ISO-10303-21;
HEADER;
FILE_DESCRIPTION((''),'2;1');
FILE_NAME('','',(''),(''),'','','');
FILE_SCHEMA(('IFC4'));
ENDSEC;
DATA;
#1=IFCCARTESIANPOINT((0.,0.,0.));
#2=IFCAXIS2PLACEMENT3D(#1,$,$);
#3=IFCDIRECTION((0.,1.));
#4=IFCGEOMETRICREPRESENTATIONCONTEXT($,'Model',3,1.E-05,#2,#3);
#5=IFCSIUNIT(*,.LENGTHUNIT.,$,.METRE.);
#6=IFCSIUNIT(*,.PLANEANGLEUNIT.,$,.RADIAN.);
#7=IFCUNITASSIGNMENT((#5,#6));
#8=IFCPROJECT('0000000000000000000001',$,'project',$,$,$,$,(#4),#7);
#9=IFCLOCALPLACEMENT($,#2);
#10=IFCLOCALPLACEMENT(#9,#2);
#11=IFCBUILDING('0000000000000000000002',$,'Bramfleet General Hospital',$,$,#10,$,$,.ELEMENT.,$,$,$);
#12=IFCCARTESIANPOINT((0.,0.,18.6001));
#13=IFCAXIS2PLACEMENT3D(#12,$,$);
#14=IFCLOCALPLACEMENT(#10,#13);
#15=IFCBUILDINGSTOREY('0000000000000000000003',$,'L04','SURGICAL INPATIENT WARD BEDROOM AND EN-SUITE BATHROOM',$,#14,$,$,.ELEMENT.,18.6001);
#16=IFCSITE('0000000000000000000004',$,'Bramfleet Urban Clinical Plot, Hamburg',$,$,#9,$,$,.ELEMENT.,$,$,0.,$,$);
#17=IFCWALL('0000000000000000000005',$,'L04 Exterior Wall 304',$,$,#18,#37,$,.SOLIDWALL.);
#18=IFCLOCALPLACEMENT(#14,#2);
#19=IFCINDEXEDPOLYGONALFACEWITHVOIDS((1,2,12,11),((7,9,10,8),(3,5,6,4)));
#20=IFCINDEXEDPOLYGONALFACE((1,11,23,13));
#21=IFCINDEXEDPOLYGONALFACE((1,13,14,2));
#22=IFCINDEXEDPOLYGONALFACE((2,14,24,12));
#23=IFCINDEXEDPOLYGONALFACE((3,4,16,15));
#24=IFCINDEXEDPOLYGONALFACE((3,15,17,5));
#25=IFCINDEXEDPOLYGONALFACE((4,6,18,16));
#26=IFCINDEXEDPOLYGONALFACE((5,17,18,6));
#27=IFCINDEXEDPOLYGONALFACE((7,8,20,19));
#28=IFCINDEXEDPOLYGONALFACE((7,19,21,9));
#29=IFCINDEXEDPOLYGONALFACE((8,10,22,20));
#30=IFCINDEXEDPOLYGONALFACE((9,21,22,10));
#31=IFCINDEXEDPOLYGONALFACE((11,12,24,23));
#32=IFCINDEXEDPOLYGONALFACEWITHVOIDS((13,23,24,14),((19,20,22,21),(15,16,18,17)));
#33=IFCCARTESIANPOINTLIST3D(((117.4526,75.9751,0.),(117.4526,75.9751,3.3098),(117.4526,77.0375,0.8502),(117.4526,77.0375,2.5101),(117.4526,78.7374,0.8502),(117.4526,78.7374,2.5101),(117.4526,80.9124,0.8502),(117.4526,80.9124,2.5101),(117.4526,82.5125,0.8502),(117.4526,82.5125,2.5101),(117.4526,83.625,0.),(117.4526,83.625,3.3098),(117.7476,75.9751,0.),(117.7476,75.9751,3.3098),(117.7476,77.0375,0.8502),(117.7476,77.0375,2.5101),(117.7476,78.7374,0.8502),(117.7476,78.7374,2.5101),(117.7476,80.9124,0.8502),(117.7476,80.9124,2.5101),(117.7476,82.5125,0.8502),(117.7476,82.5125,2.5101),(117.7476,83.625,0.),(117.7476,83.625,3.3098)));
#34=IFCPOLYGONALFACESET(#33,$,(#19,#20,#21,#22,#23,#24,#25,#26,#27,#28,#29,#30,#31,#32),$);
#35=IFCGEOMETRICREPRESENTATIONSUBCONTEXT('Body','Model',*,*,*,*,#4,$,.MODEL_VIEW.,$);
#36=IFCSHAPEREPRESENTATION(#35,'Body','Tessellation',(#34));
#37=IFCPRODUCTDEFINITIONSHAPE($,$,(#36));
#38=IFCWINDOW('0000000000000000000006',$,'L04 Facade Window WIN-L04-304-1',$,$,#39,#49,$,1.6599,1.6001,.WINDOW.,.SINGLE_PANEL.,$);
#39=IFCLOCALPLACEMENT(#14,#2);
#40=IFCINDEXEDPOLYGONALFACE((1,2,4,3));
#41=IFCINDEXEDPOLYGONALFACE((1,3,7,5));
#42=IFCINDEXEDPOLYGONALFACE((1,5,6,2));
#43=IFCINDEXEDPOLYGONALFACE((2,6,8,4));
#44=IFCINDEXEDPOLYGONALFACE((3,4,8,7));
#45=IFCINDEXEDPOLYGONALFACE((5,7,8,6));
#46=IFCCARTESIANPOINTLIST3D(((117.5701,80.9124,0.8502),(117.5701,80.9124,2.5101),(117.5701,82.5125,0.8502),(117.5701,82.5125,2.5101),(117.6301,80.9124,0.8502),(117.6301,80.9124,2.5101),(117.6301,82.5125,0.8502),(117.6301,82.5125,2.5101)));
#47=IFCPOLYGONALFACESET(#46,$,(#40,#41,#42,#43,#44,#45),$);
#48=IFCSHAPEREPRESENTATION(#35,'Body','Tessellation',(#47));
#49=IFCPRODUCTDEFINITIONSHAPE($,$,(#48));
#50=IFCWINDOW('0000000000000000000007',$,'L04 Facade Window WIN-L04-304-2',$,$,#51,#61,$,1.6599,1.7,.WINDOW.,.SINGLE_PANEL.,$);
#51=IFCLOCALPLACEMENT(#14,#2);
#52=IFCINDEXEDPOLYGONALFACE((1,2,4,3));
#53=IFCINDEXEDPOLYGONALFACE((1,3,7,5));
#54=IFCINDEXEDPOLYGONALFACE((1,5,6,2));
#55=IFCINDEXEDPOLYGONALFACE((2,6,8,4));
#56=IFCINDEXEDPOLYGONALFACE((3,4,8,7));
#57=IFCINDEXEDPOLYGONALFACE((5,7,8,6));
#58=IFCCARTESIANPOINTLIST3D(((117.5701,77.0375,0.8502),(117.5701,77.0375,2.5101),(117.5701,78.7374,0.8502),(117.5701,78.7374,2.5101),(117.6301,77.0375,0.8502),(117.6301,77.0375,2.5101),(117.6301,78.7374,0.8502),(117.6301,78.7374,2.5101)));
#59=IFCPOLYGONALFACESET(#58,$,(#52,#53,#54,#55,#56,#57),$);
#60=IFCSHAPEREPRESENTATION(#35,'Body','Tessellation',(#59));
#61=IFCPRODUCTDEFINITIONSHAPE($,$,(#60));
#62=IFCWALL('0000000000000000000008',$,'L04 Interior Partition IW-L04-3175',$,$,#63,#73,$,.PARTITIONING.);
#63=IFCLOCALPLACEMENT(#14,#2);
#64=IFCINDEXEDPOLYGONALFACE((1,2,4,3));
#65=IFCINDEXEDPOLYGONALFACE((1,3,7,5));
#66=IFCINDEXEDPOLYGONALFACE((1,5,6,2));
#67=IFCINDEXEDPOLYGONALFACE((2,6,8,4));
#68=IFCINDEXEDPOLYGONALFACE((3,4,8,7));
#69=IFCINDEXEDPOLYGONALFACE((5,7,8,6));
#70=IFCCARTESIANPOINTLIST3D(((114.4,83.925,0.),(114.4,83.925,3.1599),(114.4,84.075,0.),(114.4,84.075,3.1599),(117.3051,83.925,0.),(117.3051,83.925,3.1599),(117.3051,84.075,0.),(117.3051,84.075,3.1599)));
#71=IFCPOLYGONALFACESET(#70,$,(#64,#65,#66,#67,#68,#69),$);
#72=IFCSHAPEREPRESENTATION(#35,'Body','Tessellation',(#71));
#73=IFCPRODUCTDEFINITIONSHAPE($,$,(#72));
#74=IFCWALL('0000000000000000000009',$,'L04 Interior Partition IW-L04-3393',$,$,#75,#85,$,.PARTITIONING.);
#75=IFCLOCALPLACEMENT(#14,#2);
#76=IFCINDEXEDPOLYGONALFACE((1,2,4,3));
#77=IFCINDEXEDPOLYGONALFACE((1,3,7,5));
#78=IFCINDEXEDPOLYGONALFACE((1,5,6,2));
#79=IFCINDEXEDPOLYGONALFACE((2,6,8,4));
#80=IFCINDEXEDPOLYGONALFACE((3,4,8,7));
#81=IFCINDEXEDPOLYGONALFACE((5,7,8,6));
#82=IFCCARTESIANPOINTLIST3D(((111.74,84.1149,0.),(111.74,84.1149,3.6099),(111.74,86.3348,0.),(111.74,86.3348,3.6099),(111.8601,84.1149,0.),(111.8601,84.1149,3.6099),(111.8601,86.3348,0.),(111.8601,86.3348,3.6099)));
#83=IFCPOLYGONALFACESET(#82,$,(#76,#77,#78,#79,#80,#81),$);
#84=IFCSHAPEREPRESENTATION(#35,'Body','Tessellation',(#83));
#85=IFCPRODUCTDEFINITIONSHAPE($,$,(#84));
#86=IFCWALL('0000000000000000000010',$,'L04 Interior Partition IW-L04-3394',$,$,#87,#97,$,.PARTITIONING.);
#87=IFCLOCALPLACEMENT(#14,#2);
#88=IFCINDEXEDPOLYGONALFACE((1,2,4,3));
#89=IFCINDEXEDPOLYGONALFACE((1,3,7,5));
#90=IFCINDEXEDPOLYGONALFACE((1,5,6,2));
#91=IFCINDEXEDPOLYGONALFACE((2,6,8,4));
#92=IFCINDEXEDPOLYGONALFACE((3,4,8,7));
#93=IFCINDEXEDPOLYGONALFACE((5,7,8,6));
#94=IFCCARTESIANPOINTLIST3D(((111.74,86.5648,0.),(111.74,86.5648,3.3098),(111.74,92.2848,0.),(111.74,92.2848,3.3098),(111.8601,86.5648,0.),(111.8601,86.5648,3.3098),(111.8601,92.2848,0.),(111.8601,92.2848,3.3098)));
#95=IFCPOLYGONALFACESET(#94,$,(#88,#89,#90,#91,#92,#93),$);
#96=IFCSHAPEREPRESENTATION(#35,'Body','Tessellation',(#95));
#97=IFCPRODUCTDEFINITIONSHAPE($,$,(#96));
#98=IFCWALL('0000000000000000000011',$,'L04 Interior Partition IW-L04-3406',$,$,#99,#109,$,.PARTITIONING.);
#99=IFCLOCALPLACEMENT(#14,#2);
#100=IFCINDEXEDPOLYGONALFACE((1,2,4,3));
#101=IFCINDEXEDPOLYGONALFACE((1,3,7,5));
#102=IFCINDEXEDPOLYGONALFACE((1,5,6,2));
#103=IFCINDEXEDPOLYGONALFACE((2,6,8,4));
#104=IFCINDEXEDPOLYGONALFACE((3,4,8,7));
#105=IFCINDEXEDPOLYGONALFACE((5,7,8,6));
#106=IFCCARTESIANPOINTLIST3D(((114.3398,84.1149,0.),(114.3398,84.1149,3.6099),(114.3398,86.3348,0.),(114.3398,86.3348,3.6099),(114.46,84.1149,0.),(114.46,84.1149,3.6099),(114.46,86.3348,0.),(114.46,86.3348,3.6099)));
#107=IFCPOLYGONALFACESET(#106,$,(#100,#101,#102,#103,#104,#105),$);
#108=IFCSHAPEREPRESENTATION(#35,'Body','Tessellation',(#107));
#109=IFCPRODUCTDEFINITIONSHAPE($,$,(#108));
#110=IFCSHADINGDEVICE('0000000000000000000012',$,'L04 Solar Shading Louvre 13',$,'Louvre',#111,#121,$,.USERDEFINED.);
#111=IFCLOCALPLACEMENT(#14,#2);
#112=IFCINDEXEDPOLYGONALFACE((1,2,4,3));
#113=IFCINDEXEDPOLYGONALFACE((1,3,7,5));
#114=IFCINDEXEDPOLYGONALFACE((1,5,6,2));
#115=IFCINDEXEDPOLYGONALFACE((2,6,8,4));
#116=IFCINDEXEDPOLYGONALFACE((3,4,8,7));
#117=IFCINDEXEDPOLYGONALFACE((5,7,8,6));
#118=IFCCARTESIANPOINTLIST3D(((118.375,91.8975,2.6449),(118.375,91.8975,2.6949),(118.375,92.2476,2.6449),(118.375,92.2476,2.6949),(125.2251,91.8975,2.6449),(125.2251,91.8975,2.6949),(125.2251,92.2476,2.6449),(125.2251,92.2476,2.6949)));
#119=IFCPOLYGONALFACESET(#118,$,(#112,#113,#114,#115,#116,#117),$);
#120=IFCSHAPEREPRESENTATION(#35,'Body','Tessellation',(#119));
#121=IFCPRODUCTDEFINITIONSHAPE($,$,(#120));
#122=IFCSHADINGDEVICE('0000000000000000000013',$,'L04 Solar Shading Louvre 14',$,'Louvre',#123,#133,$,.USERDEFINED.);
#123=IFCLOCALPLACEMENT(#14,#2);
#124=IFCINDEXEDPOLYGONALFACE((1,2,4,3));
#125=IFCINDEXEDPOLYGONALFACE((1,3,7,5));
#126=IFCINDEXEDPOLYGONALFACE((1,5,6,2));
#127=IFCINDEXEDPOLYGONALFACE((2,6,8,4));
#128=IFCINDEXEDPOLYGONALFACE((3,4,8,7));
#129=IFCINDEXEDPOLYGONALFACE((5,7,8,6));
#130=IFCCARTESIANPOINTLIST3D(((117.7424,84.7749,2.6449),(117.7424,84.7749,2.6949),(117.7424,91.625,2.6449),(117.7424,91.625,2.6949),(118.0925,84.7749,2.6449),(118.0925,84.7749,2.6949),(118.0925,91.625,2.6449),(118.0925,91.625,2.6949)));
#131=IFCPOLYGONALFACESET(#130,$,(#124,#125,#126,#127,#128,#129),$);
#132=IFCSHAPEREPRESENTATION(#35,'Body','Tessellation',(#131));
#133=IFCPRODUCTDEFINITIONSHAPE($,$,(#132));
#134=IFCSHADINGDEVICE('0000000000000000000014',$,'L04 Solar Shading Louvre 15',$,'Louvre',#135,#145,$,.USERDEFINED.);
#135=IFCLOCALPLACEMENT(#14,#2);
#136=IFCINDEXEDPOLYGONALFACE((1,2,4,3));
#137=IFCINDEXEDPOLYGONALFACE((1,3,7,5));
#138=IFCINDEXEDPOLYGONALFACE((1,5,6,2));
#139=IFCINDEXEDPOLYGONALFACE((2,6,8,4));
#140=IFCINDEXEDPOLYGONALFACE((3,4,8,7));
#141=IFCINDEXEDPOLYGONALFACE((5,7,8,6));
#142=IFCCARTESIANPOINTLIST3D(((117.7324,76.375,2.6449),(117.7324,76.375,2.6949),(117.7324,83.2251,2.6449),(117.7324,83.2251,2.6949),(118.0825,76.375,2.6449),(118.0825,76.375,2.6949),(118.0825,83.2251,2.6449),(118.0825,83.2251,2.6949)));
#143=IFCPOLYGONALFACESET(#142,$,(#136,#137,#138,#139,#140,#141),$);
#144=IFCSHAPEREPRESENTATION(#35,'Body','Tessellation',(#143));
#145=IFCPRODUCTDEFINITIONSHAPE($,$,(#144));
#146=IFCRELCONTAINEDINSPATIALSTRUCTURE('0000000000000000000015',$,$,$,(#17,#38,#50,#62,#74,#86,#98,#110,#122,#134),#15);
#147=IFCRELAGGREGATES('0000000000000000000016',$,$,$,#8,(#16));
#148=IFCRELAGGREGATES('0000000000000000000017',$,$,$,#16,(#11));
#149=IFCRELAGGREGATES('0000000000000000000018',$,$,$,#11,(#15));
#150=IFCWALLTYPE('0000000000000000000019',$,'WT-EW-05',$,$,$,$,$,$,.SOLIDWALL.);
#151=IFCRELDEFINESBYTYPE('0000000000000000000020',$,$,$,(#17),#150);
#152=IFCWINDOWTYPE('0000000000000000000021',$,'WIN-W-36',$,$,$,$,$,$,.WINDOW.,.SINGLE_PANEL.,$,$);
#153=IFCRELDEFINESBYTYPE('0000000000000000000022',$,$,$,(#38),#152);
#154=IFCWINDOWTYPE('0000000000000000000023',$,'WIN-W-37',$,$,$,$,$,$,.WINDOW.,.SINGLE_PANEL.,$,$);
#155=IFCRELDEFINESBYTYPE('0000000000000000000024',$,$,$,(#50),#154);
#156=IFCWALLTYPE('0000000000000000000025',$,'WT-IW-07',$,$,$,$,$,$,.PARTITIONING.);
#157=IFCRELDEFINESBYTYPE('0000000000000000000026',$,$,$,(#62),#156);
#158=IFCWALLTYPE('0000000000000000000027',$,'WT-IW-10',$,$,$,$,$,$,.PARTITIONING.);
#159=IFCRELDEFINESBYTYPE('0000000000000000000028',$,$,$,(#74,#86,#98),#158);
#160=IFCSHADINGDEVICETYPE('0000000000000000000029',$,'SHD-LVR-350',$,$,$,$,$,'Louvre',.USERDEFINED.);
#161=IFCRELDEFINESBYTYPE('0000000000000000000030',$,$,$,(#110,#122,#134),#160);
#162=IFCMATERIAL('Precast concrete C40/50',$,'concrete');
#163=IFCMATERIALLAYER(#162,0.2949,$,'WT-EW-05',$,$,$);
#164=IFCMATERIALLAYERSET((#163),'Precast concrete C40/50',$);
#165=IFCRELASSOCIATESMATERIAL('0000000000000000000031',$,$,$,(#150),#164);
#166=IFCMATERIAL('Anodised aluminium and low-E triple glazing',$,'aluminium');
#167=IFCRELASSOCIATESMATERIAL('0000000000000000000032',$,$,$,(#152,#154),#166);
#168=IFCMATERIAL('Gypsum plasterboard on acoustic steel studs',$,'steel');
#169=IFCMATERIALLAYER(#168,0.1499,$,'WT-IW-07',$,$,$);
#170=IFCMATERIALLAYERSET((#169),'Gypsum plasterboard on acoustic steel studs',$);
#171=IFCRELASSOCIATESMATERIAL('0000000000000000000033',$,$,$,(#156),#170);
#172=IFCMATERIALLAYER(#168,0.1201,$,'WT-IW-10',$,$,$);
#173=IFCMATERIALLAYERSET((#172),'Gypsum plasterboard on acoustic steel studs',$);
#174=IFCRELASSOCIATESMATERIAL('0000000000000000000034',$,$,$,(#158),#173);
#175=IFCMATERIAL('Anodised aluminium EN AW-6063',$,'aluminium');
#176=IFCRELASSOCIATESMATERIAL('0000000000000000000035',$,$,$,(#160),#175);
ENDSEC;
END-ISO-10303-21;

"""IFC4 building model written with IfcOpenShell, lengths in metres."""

from ifc_helpers import new_model, si_unit, direction, frame, frame_2d, origin, origin_2d, place, context, subcontext, project, spatial, rectangle, extrude, material, layer, layer_set, material_profile, profile_set, type_object, element, fill, save


model = new_model("IFC4")

# Units and contexts
model_context = context("Model", 3, precision=1e-05, world=origin(), true_north=direction((0.0, 1.0)))
body_context = subcontext(model_context, "Body", "Model", "MODEL_VIEW")
ifc_project = project(units=[si_unit("LENGTHUNIT", "METRE"), si_unit("PLANEANGLEUNIT", "RADIAN")], contexts=[model_context])

# Site, building, storey
site_placement = place(None, origin())
site = spatial("IfcSite", under=ifc_project, at=site_placement, Name="Bramfleet Urban Clinical Plot, Hamburg", CompositionType="ELEMENT", RefElevation=0.0)
building_placement = place(site_placement, origin())
building = spatial("IfcBuilding", under=site, at=building_placement, Name="Bramfleet General Hospital", CompositionType="ELEMENT")
storey_placement = place(building_placement, frame((0.0, 0.0, 18.6001)))
storey = spatial("IfcBuildingStorey", under=building, at=storey_placement, Name="L04", Description="SURGICAL INPATIENT WARD BEDROOM AND EN-SUITE BATHROOM", CompositionType="ELEMENT", Elevation=18.6001)

# Wall, openings, windows
ifc_material_1 = material(Name="Precast concrete C40/50", Category="concrete")
ifc_material_2 = material(Name="Anodised aluminium and low-E triple glazing", Category="aluminium")
ifc_layer_1 = layer(ifc_material_1, 0.2949, Name="WT-EW-05")
ifc_layer_set_1 = layer_set([ifc_layer_1], Name="Precast concrete C40/50")
wall_type_1 = type_object("IfcWallType", Name="WT-EW-05", PredefinedType="SOLIDWALL", material=ifc_layer_set_1)
wall_1_placement = place(storey_placement, frame((117.6001, 83.625, 0.0), z_axis=(0.0, 0.0, 1.0), x_axis=(0.0, -1.0, 0.0)))
wall_1 = element("IfcWall", 1, at=wall_1_placement, inside=storey, type_object=wall_type_1, Name="L04 Exterior Wall 304", PredefinedType="SOLIDWALL", context=body_context, shape_type="SweptSolid", body=[
    extrude(rectangle(XDim=7.6499, YDim=0.2949, at=frame_2d((3.825, 0.0))), origin(), (0.0, 0.0, 1.0), 3.3098),
])
opening_1_placement = place(wall_1_placement, frame((1.1125, 0.0, 0.8501)))
opening_1 = element("IfcOpeningElement", 2, at=opening_1_placement, cuts=wall_1, PredefinedType="OPENING", context=body_context, shape_type="SweptSolid", body=[
    extrude(rectangle(XDim=1.6001, YDim=1.6599, at=frame_2d((0.8, 0.8301))), frame((0.0, 0.1575, 0.0), z_axis=(0.0, -1.0, 0.0), x_axis=(1.0, 0.0, 0.0)), (0.0, 0.0, 1.0), 0.3149),
])
opening_2_placement = place(wall_1_placement, frame((4.8875, 0.0, 0.8501)))
opening_2 = element("IfcOpeningElement", 3, at=opening_2_placement, cuts=wall_1, PredefinedType="OPENING", context=body_context, shape_type="SweptSolid", body=[
    extrude(rectangle(XDim=1.7, YDim=1.6599, at=frame_2d((0.8501, 0.8301))), frame((0.0, 0.1575, 0.0), z_axis=(0.0, -1.0, 0.0), x_axis=(1.0, 0.0, 0.0)), (0.0, 0.0, 1.0), 0.3149),
])
window_type_1 = type_object("IfcWindowType", Name="WIN-W-36", PartitioningType="SINGLE_PANEL", PredefinedType="WINDOW", material=ifc_material_2)
window_1_placement = place(opening_1_placement, origin())
window_1 = element("IfcWindow", 4, at=window_1_placement, inside=storey, type_object=window_type_1, Name="L04 Facade Window WIN-L04-304-1", OverallHeight=1.6599, OverallWidth=1.6001, PartitioningType="SINGLE_PANEL", PredefinedType="WINDOW", context=body_context, shape_type="SweptSolid", body=[
    extrude(rectangle(XDim=1.6001, YDim=1.6599, at=frame_2d((0.8, 0.8301))), frame((0.0, 0.03, 0.0), z_axis=(0.0, -1.0, 0.0), x_axis=(1.0, 0.0, 0.0)), (0.0, 0.0, 1.0), 0.0601),
])
fill(opening_1, window_1)
window_type_2 = type_object("IfcWindowType", Name="WIN-W-37", PartitioningType="SINGLE_PANEL", PredefinedType="WINDOW", material=ifc_material_2)
window_2_placement = place(opening_2_placement, origin())
window_2 = element("IfcWindow", 5, at=window_2_placement, inside=storey, type_object=window_type_2, Name="L04 Facade Window WIN-L04-304-2", OverallHeight=1.6599, OverallWidth=1.7, PartitioningType="SINGLE_PANEL", PredefinedType="WINDOW", context=body_context, shape_type="SweptSolid", body=[
    extrude(rectangle(XDim=1.7, YDim=1.6599, at=frame_2d((0.8501, 0.8301))), frame((0.0, 0.03, 0.0), z_axis=(0.0, -1.0, 0.0), x_axis=(1.0, 0.0, 0.0)), (0.0, 0.0, 1.0), 0.0601),
])
fill(opening_2, window_2)

# Walls
ifc_material_3 = material(Name="Gypsum plasterboard on acoustic steel studs", Category="steel")
ifc_layer_2 = layer(ifc_material_3, 0.1499, Name="WT-IW-07")
ifc_layer_set_2 = layer_set([ifc_layer_2], Name="Gypsum plasterboard on acoustic steel studs")
wall_type_2 = type_object("IfcWallType", Name="WT-IW-07", PredefinedType="PARTITIONING", material=ifc_layer_set_2)
wall_2_placement = place(storey_placement, frame((114.3999, 84.0, 0.0), z_axis=(0.0, 0.0, 1.0), x_axis=(1.0, 0.0, 0.0)))
element("IfcWall", 6, at=wall_2_placement, inside=storey, type_object=wall_type_2, Name="L04 Interior Partition IW-L04-3175", PredefinedType="PARTITIONING", context=body_context, shape_type="SweptSolid", body=[
    extrude(rectangle(XDim=2.905, YDim=0.1499, at=frame_2d((1.4526, 0.0))), origin(), (0.0, 0.0, 1.0), 3.1599),
])
ifc_layer_3 = layer(ifc_material_3, 0.1201, Name="WT-IW-10")
ifc_layer_set_3 = layer_set([ifc_layer_3], Name="Gypsum plasterboard on acoustic steel studs")
wall_type_3 = type_object("IfcWallType", Name="WT-IW-10", PredefinedType="PARTITIONING", material=ifc_layer_set_3)
wall_3_placement = place(storey_placement, frame((111.8, 84.115, 0.0), z_axis=(0.0, 0.0, 1.0), x_axis=(0.0, 1.0, 0.0)))
element("IfcWall", 7, at=wall_3_placement, inside=storey, type_object=wall_type_3, Name="L04 Interior Partition IW-L04-3393", PredefinedType="PARTITIONING", context=body_context, shape_type="SweptSolid", body=[
    extrude(rectangle(XDim=2.22, YDim=0.1201, at=frame_2d((1.1099, 0.0))), origin(), (0.0, 0.0, 1.0), 3.6099),
])
wall_4_placement = place(storey_placement, frame((111.8, 86.5649, 0.0), z_axis=(0.0, 0.0, 1.0), x_axis=(0.0, 1.0, 0.0)))
element("IfcWall", 8, at=wall_4_placement, inside=storey, type_object=wall_type_3, Name="L04 Interior Partition IW-L04-3394", PredefinedType="PARTITIONING", context=body_context, shape_type="SweptSolid", body=[
    extrude(rectangle(XDim=5.72, YDim=0.1201, at=frame_2d((2.8599, 0.0))), origin(), (0.0, 0.0, 1.0), 3.3098),
])
wall_5_placement = place(storey_placement, frame((114.3999, 84.115, 0.0), z_axis=(0.0, 0.0, 1.0), x_axis=(0.0, 1.0, 0.0)))
element("IfcWall", 9, at=wall_5_placement, inside=storey, type_object=wall_type_3, Name="L04 Interior Partition IW-L04-3406", PredefinedType="PARTITIONING", context=body_context, shape_type="SweptSolid", body=[
    extrude(rectangle(XDim=2.22, YDim=0.1201, at=frame_2d((1.1099, 0.0))), origin(), (0.0, 0.0, 1.0), 3.6099),
])

# Shading devices
ifc_material_4 = material(Name="Anodised aluminium EN AW-6063", Category="aluminium")
ifc_material_profile_1 = material_profile(ifc_material_4, rectangle(XDim=0.05, YDim=0.3501, at=origin_2d()), Name="ALU LOUVRE 350x50")
ifc_profile_set_1 = profile_set([ifc_material_profile_1], Name="Anodised aluminium EN AW-6063")
shading_device_type = type_object("IfcShadingDeviceType", Name="SHD-LVR-350", ElementType="Louvre", PredefinedType="USERDEFINED", material=ifc_profile_set_1)
for number, where, z_axis, x_axis, name in (
    (10, (125.2251, 92.0725, 2.6699), (-1.0, 0.0, 0.0), (0.0, 0.0, 1.0), "L04 Solar Shading Louvre 13"),
    (11, (117.9175, 91.625, 2.6699), (0.0, -1.0, 0.0), (0.0, 0.0, 1.0), "L04 Solar Shading Louvre 14"),
    (12, (117.9075, 83.2251, 2.6699), (0.0, -1.0, 0.0), (0.0, 0.0, 1.0), "L04 Solar Shading Louvre 15"),
):
    element("IfcShadingDevice", number, at=place(storey_placement, frame(where, z_axis=z_axis, x_axis=x_axis)), inside=storey, type_object=shading_device_type, Name=name, ObjectType="Louvre", PredefinedType="USERDEFINED", context=body_context, shape_type="SweptSolid", body=[
        extrude(rectangle(XDim=0.05, YDim=0.3501, at=origin_2d()), origin(), (0.0, 0.0, 1.0), 6.8501),
    ])

save(model, "model.ifc")
